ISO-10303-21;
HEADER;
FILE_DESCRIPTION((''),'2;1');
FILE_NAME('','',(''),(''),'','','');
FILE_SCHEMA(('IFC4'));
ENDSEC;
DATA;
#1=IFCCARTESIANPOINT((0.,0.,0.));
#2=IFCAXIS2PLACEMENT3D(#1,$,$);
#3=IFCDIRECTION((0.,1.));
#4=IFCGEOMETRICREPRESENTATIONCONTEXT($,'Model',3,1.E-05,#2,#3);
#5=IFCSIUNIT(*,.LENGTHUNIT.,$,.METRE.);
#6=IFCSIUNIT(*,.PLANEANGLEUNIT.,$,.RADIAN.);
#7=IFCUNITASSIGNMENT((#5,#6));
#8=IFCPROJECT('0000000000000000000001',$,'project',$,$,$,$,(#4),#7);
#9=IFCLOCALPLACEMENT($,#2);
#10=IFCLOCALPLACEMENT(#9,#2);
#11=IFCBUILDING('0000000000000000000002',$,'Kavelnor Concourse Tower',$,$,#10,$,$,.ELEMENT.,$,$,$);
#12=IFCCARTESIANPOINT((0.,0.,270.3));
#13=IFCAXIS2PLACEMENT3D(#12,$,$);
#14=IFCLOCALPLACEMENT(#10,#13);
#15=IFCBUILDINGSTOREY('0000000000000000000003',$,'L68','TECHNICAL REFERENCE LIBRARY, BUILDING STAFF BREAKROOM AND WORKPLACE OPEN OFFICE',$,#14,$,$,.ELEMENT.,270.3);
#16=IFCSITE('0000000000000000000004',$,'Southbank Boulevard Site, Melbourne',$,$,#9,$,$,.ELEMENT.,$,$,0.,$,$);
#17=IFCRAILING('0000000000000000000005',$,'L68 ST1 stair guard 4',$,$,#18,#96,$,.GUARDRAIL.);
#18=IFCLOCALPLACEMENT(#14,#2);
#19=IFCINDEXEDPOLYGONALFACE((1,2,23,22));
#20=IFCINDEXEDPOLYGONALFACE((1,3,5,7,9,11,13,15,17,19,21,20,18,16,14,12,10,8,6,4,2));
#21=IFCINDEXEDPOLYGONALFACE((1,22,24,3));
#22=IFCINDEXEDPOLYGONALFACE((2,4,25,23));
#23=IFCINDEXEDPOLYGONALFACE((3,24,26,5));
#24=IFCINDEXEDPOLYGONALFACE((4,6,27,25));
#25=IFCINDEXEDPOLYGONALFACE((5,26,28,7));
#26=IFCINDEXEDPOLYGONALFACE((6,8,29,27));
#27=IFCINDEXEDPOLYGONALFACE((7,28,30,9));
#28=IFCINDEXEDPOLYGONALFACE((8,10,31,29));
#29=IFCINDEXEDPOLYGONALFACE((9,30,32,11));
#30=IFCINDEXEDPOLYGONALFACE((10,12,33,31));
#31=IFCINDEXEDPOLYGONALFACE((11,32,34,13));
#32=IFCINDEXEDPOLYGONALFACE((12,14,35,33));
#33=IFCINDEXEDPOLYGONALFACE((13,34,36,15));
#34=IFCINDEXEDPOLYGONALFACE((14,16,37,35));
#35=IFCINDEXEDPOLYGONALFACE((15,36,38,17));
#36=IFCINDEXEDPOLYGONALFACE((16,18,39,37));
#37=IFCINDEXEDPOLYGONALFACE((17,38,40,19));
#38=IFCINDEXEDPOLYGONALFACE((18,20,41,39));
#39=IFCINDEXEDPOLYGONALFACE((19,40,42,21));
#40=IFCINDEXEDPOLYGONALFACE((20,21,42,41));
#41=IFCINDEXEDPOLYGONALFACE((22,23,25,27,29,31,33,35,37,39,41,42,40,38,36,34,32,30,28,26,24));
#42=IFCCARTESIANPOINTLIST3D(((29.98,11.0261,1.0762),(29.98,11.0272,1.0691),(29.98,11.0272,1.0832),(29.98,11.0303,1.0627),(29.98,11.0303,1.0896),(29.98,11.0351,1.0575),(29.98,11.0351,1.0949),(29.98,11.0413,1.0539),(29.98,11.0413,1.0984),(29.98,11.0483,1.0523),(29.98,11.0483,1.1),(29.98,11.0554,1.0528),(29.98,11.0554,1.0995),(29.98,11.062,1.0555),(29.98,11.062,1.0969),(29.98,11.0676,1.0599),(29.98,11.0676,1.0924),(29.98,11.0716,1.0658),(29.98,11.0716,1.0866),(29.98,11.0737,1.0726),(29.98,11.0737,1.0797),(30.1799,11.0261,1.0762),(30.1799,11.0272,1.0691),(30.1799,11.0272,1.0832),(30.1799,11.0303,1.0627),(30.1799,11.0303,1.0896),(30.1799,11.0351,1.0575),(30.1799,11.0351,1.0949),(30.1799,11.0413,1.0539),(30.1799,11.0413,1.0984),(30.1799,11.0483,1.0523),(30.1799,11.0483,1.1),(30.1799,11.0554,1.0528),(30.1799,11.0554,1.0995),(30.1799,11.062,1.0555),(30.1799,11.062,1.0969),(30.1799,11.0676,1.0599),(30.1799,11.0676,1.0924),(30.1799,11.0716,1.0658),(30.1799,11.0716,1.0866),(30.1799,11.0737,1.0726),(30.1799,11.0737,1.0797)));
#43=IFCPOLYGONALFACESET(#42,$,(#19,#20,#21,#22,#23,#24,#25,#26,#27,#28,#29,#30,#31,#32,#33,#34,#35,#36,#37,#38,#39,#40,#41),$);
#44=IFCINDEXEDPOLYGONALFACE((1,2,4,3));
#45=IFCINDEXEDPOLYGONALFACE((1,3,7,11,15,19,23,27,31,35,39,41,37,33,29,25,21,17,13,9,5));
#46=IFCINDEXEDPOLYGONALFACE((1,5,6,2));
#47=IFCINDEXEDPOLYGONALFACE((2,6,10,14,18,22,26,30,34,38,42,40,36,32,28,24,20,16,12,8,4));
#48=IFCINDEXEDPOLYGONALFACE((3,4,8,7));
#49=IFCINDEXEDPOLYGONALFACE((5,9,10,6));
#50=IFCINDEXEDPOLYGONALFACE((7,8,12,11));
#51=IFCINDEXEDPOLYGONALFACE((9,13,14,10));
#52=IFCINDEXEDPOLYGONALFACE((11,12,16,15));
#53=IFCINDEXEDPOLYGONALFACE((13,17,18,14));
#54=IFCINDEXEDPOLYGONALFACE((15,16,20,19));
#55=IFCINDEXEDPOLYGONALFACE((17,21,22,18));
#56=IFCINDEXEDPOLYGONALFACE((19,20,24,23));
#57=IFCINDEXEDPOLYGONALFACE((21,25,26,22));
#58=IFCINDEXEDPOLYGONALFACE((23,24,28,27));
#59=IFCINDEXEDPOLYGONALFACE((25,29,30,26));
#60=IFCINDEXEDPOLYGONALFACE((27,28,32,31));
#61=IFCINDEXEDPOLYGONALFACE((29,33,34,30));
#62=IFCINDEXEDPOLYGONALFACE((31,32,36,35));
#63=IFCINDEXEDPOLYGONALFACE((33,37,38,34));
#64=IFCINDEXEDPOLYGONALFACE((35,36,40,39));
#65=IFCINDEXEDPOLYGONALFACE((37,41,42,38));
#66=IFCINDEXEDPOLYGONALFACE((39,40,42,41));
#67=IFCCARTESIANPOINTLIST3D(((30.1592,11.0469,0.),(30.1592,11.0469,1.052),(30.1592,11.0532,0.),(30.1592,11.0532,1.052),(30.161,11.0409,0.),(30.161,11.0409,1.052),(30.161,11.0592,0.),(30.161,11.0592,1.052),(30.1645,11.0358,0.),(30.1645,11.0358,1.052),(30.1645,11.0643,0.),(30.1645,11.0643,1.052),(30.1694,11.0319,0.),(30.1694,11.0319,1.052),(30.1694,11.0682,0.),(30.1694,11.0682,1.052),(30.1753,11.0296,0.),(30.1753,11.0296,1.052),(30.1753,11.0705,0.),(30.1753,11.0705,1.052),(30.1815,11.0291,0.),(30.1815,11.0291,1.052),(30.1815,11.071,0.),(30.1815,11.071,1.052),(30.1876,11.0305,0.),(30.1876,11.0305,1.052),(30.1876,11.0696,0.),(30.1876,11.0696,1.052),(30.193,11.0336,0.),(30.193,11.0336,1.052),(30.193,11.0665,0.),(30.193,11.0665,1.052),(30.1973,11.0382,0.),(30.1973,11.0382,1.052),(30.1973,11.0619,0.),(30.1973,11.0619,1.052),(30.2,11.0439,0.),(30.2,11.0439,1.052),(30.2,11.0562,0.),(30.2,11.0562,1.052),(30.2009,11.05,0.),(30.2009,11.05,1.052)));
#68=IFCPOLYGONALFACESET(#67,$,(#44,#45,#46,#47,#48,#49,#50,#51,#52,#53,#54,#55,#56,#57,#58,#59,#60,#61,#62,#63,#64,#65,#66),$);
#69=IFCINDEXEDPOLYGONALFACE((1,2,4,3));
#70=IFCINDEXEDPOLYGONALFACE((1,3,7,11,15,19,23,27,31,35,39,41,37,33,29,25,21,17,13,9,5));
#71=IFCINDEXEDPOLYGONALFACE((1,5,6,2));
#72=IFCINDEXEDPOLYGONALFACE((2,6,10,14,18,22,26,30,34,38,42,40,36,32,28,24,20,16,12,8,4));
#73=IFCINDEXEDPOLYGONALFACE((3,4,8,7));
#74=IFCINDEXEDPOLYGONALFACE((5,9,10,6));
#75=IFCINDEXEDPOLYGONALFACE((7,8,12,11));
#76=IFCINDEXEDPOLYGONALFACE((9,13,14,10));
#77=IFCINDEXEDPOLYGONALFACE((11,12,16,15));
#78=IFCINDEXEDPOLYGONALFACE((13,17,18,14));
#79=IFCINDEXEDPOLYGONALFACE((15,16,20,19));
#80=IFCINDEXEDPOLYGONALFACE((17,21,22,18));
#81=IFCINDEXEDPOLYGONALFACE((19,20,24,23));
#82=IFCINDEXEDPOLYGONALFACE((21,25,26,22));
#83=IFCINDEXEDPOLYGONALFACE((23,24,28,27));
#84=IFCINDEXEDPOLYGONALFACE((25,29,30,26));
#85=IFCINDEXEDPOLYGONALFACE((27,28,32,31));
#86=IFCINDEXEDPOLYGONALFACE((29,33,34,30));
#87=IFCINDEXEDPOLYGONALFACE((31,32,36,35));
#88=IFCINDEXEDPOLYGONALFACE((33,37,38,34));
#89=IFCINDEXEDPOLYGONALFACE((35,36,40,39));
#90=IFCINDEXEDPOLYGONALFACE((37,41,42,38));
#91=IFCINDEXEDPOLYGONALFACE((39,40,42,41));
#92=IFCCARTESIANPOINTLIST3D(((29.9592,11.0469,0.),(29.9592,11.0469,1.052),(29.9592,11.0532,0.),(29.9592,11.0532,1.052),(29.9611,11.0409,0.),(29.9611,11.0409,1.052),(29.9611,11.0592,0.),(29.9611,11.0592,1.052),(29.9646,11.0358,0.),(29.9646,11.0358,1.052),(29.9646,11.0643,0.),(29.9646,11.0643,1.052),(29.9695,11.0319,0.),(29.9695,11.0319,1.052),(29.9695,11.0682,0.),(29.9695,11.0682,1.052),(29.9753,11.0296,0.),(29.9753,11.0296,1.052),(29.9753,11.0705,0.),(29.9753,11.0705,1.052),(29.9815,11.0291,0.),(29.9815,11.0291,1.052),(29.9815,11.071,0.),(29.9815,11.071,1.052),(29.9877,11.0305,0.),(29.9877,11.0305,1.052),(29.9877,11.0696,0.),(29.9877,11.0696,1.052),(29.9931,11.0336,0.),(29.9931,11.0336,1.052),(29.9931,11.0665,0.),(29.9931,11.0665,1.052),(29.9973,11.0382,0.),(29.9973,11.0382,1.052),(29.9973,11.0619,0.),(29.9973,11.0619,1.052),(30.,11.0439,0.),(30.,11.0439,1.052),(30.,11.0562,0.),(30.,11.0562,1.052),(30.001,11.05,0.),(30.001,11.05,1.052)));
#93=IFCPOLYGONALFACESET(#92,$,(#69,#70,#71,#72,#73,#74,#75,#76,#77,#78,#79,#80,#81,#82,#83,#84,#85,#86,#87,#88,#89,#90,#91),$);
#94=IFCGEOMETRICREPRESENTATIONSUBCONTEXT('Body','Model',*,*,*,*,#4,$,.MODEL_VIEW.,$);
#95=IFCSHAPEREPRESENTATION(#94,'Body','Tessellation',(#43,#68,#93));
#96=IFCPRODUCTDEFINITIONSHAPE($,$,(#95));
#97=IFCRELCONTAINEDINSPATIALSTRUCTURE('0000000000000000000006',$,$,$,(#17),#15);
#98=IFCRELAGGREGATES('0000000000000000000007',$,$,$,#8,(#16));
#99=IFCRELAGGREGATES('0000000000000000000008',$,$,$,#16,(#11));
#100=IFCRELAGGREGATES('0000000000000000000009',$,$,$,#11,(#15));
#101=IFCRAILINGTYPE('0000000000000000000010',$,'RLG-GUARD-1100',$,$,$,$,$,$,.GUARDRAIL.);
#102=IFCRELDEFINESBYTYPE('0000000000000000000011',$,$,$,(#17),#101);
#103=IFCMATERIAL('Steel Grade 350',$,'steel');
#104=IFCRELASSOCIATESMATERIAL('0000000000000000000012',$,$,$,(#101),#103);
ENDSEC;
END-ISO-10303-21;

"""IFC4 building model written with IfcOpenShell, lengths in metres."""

from ifc_helpers import new_model, si_unit, direction, frame, origin, origin_2d, place, context, subcontext, project, spatial, circle, extrude, material, type_object, element, save


model = new_model("IFC4")

# Units and contexts
model_context = context("Model", 3, precision=1e-05, world=origin(), true_north=direction((0.0, 1.0)))
body_context = subcontext(model_context, "Body", "Model", "MODEL_VIEW")
ifc_project = project(units=[si_unit("LENGTHUNIT", "METRE"), si_unit("PLANEANGLEUNIT", "RADIAN")], contexts=[model_context])

# Site, building, storey
site_placement = place(None, origin())
site = spatial("IfcSite", under=ifc_project, at=site_placement, Name="Southbank Boulevard Site, Melbourne", CompositionType="ELEMENT", RefElevation=0.0)
building_placement = place(site_placement, origin())
building = spatial("IfcBuilding", under=site, at=building_placement, Name="Kavelnor Concourse Tower", CompositionType="ELEMENT")
storey_placement = place(building_placement, frame((0.0, 0.0, 270.3)))
storey = spatial("IfcBuildingStorey", under=building, at=storey_placement, Name="L68", Description="TECHNICAL REFERENCE LIBRARY, BUILDING STAFF BREAKROOM AND WORKPLACE OPEN OFFICE", CompositionType="ELEMENT", Elevation=270.3)

# Shared definitions
ifc_material_1 = material(Name="Steel Grade 350", Category="steel")

# Railing
railing_type_1 = type_object("IfcRailingType", Name="RLG-GUARD-1100", PredefinedType="GUARDRAIL", material=ifc_material_1)
railing_1_placement = place(storey_placement, frame((30.1799, 11.05, 0.0)))
element("IfcRailing", 1, at=railing_1_placement, inside=storey, type_object=railing_type_1, Name="L68 ST1 stair guard 4", PredefinedType="GUARDRAIL", context=body_context, shape_type="SweptSolid", body=[
    extrude(circle(Radius=0.0239, at=origin_2d()), frame((0.0, 0.0, 1.0762), z_axis=(-1.0, 0.0, 0.0), x_axis=(0.0, -1.0, 0.0)), (0.0, 0.0, 1.0), 0.2),
    extrude(circle(Radius=0.021, at=origin_2d()), origin(), (0.0, 0.0, 1.0), 1.052),
    extrude(circle(Radius=0.021, at=origin_2d()), frame((-0.2, 0.0, 0.0)), (0.0, 0.0, 1.0), 1.052),
])

save(model, "model.ifc")
